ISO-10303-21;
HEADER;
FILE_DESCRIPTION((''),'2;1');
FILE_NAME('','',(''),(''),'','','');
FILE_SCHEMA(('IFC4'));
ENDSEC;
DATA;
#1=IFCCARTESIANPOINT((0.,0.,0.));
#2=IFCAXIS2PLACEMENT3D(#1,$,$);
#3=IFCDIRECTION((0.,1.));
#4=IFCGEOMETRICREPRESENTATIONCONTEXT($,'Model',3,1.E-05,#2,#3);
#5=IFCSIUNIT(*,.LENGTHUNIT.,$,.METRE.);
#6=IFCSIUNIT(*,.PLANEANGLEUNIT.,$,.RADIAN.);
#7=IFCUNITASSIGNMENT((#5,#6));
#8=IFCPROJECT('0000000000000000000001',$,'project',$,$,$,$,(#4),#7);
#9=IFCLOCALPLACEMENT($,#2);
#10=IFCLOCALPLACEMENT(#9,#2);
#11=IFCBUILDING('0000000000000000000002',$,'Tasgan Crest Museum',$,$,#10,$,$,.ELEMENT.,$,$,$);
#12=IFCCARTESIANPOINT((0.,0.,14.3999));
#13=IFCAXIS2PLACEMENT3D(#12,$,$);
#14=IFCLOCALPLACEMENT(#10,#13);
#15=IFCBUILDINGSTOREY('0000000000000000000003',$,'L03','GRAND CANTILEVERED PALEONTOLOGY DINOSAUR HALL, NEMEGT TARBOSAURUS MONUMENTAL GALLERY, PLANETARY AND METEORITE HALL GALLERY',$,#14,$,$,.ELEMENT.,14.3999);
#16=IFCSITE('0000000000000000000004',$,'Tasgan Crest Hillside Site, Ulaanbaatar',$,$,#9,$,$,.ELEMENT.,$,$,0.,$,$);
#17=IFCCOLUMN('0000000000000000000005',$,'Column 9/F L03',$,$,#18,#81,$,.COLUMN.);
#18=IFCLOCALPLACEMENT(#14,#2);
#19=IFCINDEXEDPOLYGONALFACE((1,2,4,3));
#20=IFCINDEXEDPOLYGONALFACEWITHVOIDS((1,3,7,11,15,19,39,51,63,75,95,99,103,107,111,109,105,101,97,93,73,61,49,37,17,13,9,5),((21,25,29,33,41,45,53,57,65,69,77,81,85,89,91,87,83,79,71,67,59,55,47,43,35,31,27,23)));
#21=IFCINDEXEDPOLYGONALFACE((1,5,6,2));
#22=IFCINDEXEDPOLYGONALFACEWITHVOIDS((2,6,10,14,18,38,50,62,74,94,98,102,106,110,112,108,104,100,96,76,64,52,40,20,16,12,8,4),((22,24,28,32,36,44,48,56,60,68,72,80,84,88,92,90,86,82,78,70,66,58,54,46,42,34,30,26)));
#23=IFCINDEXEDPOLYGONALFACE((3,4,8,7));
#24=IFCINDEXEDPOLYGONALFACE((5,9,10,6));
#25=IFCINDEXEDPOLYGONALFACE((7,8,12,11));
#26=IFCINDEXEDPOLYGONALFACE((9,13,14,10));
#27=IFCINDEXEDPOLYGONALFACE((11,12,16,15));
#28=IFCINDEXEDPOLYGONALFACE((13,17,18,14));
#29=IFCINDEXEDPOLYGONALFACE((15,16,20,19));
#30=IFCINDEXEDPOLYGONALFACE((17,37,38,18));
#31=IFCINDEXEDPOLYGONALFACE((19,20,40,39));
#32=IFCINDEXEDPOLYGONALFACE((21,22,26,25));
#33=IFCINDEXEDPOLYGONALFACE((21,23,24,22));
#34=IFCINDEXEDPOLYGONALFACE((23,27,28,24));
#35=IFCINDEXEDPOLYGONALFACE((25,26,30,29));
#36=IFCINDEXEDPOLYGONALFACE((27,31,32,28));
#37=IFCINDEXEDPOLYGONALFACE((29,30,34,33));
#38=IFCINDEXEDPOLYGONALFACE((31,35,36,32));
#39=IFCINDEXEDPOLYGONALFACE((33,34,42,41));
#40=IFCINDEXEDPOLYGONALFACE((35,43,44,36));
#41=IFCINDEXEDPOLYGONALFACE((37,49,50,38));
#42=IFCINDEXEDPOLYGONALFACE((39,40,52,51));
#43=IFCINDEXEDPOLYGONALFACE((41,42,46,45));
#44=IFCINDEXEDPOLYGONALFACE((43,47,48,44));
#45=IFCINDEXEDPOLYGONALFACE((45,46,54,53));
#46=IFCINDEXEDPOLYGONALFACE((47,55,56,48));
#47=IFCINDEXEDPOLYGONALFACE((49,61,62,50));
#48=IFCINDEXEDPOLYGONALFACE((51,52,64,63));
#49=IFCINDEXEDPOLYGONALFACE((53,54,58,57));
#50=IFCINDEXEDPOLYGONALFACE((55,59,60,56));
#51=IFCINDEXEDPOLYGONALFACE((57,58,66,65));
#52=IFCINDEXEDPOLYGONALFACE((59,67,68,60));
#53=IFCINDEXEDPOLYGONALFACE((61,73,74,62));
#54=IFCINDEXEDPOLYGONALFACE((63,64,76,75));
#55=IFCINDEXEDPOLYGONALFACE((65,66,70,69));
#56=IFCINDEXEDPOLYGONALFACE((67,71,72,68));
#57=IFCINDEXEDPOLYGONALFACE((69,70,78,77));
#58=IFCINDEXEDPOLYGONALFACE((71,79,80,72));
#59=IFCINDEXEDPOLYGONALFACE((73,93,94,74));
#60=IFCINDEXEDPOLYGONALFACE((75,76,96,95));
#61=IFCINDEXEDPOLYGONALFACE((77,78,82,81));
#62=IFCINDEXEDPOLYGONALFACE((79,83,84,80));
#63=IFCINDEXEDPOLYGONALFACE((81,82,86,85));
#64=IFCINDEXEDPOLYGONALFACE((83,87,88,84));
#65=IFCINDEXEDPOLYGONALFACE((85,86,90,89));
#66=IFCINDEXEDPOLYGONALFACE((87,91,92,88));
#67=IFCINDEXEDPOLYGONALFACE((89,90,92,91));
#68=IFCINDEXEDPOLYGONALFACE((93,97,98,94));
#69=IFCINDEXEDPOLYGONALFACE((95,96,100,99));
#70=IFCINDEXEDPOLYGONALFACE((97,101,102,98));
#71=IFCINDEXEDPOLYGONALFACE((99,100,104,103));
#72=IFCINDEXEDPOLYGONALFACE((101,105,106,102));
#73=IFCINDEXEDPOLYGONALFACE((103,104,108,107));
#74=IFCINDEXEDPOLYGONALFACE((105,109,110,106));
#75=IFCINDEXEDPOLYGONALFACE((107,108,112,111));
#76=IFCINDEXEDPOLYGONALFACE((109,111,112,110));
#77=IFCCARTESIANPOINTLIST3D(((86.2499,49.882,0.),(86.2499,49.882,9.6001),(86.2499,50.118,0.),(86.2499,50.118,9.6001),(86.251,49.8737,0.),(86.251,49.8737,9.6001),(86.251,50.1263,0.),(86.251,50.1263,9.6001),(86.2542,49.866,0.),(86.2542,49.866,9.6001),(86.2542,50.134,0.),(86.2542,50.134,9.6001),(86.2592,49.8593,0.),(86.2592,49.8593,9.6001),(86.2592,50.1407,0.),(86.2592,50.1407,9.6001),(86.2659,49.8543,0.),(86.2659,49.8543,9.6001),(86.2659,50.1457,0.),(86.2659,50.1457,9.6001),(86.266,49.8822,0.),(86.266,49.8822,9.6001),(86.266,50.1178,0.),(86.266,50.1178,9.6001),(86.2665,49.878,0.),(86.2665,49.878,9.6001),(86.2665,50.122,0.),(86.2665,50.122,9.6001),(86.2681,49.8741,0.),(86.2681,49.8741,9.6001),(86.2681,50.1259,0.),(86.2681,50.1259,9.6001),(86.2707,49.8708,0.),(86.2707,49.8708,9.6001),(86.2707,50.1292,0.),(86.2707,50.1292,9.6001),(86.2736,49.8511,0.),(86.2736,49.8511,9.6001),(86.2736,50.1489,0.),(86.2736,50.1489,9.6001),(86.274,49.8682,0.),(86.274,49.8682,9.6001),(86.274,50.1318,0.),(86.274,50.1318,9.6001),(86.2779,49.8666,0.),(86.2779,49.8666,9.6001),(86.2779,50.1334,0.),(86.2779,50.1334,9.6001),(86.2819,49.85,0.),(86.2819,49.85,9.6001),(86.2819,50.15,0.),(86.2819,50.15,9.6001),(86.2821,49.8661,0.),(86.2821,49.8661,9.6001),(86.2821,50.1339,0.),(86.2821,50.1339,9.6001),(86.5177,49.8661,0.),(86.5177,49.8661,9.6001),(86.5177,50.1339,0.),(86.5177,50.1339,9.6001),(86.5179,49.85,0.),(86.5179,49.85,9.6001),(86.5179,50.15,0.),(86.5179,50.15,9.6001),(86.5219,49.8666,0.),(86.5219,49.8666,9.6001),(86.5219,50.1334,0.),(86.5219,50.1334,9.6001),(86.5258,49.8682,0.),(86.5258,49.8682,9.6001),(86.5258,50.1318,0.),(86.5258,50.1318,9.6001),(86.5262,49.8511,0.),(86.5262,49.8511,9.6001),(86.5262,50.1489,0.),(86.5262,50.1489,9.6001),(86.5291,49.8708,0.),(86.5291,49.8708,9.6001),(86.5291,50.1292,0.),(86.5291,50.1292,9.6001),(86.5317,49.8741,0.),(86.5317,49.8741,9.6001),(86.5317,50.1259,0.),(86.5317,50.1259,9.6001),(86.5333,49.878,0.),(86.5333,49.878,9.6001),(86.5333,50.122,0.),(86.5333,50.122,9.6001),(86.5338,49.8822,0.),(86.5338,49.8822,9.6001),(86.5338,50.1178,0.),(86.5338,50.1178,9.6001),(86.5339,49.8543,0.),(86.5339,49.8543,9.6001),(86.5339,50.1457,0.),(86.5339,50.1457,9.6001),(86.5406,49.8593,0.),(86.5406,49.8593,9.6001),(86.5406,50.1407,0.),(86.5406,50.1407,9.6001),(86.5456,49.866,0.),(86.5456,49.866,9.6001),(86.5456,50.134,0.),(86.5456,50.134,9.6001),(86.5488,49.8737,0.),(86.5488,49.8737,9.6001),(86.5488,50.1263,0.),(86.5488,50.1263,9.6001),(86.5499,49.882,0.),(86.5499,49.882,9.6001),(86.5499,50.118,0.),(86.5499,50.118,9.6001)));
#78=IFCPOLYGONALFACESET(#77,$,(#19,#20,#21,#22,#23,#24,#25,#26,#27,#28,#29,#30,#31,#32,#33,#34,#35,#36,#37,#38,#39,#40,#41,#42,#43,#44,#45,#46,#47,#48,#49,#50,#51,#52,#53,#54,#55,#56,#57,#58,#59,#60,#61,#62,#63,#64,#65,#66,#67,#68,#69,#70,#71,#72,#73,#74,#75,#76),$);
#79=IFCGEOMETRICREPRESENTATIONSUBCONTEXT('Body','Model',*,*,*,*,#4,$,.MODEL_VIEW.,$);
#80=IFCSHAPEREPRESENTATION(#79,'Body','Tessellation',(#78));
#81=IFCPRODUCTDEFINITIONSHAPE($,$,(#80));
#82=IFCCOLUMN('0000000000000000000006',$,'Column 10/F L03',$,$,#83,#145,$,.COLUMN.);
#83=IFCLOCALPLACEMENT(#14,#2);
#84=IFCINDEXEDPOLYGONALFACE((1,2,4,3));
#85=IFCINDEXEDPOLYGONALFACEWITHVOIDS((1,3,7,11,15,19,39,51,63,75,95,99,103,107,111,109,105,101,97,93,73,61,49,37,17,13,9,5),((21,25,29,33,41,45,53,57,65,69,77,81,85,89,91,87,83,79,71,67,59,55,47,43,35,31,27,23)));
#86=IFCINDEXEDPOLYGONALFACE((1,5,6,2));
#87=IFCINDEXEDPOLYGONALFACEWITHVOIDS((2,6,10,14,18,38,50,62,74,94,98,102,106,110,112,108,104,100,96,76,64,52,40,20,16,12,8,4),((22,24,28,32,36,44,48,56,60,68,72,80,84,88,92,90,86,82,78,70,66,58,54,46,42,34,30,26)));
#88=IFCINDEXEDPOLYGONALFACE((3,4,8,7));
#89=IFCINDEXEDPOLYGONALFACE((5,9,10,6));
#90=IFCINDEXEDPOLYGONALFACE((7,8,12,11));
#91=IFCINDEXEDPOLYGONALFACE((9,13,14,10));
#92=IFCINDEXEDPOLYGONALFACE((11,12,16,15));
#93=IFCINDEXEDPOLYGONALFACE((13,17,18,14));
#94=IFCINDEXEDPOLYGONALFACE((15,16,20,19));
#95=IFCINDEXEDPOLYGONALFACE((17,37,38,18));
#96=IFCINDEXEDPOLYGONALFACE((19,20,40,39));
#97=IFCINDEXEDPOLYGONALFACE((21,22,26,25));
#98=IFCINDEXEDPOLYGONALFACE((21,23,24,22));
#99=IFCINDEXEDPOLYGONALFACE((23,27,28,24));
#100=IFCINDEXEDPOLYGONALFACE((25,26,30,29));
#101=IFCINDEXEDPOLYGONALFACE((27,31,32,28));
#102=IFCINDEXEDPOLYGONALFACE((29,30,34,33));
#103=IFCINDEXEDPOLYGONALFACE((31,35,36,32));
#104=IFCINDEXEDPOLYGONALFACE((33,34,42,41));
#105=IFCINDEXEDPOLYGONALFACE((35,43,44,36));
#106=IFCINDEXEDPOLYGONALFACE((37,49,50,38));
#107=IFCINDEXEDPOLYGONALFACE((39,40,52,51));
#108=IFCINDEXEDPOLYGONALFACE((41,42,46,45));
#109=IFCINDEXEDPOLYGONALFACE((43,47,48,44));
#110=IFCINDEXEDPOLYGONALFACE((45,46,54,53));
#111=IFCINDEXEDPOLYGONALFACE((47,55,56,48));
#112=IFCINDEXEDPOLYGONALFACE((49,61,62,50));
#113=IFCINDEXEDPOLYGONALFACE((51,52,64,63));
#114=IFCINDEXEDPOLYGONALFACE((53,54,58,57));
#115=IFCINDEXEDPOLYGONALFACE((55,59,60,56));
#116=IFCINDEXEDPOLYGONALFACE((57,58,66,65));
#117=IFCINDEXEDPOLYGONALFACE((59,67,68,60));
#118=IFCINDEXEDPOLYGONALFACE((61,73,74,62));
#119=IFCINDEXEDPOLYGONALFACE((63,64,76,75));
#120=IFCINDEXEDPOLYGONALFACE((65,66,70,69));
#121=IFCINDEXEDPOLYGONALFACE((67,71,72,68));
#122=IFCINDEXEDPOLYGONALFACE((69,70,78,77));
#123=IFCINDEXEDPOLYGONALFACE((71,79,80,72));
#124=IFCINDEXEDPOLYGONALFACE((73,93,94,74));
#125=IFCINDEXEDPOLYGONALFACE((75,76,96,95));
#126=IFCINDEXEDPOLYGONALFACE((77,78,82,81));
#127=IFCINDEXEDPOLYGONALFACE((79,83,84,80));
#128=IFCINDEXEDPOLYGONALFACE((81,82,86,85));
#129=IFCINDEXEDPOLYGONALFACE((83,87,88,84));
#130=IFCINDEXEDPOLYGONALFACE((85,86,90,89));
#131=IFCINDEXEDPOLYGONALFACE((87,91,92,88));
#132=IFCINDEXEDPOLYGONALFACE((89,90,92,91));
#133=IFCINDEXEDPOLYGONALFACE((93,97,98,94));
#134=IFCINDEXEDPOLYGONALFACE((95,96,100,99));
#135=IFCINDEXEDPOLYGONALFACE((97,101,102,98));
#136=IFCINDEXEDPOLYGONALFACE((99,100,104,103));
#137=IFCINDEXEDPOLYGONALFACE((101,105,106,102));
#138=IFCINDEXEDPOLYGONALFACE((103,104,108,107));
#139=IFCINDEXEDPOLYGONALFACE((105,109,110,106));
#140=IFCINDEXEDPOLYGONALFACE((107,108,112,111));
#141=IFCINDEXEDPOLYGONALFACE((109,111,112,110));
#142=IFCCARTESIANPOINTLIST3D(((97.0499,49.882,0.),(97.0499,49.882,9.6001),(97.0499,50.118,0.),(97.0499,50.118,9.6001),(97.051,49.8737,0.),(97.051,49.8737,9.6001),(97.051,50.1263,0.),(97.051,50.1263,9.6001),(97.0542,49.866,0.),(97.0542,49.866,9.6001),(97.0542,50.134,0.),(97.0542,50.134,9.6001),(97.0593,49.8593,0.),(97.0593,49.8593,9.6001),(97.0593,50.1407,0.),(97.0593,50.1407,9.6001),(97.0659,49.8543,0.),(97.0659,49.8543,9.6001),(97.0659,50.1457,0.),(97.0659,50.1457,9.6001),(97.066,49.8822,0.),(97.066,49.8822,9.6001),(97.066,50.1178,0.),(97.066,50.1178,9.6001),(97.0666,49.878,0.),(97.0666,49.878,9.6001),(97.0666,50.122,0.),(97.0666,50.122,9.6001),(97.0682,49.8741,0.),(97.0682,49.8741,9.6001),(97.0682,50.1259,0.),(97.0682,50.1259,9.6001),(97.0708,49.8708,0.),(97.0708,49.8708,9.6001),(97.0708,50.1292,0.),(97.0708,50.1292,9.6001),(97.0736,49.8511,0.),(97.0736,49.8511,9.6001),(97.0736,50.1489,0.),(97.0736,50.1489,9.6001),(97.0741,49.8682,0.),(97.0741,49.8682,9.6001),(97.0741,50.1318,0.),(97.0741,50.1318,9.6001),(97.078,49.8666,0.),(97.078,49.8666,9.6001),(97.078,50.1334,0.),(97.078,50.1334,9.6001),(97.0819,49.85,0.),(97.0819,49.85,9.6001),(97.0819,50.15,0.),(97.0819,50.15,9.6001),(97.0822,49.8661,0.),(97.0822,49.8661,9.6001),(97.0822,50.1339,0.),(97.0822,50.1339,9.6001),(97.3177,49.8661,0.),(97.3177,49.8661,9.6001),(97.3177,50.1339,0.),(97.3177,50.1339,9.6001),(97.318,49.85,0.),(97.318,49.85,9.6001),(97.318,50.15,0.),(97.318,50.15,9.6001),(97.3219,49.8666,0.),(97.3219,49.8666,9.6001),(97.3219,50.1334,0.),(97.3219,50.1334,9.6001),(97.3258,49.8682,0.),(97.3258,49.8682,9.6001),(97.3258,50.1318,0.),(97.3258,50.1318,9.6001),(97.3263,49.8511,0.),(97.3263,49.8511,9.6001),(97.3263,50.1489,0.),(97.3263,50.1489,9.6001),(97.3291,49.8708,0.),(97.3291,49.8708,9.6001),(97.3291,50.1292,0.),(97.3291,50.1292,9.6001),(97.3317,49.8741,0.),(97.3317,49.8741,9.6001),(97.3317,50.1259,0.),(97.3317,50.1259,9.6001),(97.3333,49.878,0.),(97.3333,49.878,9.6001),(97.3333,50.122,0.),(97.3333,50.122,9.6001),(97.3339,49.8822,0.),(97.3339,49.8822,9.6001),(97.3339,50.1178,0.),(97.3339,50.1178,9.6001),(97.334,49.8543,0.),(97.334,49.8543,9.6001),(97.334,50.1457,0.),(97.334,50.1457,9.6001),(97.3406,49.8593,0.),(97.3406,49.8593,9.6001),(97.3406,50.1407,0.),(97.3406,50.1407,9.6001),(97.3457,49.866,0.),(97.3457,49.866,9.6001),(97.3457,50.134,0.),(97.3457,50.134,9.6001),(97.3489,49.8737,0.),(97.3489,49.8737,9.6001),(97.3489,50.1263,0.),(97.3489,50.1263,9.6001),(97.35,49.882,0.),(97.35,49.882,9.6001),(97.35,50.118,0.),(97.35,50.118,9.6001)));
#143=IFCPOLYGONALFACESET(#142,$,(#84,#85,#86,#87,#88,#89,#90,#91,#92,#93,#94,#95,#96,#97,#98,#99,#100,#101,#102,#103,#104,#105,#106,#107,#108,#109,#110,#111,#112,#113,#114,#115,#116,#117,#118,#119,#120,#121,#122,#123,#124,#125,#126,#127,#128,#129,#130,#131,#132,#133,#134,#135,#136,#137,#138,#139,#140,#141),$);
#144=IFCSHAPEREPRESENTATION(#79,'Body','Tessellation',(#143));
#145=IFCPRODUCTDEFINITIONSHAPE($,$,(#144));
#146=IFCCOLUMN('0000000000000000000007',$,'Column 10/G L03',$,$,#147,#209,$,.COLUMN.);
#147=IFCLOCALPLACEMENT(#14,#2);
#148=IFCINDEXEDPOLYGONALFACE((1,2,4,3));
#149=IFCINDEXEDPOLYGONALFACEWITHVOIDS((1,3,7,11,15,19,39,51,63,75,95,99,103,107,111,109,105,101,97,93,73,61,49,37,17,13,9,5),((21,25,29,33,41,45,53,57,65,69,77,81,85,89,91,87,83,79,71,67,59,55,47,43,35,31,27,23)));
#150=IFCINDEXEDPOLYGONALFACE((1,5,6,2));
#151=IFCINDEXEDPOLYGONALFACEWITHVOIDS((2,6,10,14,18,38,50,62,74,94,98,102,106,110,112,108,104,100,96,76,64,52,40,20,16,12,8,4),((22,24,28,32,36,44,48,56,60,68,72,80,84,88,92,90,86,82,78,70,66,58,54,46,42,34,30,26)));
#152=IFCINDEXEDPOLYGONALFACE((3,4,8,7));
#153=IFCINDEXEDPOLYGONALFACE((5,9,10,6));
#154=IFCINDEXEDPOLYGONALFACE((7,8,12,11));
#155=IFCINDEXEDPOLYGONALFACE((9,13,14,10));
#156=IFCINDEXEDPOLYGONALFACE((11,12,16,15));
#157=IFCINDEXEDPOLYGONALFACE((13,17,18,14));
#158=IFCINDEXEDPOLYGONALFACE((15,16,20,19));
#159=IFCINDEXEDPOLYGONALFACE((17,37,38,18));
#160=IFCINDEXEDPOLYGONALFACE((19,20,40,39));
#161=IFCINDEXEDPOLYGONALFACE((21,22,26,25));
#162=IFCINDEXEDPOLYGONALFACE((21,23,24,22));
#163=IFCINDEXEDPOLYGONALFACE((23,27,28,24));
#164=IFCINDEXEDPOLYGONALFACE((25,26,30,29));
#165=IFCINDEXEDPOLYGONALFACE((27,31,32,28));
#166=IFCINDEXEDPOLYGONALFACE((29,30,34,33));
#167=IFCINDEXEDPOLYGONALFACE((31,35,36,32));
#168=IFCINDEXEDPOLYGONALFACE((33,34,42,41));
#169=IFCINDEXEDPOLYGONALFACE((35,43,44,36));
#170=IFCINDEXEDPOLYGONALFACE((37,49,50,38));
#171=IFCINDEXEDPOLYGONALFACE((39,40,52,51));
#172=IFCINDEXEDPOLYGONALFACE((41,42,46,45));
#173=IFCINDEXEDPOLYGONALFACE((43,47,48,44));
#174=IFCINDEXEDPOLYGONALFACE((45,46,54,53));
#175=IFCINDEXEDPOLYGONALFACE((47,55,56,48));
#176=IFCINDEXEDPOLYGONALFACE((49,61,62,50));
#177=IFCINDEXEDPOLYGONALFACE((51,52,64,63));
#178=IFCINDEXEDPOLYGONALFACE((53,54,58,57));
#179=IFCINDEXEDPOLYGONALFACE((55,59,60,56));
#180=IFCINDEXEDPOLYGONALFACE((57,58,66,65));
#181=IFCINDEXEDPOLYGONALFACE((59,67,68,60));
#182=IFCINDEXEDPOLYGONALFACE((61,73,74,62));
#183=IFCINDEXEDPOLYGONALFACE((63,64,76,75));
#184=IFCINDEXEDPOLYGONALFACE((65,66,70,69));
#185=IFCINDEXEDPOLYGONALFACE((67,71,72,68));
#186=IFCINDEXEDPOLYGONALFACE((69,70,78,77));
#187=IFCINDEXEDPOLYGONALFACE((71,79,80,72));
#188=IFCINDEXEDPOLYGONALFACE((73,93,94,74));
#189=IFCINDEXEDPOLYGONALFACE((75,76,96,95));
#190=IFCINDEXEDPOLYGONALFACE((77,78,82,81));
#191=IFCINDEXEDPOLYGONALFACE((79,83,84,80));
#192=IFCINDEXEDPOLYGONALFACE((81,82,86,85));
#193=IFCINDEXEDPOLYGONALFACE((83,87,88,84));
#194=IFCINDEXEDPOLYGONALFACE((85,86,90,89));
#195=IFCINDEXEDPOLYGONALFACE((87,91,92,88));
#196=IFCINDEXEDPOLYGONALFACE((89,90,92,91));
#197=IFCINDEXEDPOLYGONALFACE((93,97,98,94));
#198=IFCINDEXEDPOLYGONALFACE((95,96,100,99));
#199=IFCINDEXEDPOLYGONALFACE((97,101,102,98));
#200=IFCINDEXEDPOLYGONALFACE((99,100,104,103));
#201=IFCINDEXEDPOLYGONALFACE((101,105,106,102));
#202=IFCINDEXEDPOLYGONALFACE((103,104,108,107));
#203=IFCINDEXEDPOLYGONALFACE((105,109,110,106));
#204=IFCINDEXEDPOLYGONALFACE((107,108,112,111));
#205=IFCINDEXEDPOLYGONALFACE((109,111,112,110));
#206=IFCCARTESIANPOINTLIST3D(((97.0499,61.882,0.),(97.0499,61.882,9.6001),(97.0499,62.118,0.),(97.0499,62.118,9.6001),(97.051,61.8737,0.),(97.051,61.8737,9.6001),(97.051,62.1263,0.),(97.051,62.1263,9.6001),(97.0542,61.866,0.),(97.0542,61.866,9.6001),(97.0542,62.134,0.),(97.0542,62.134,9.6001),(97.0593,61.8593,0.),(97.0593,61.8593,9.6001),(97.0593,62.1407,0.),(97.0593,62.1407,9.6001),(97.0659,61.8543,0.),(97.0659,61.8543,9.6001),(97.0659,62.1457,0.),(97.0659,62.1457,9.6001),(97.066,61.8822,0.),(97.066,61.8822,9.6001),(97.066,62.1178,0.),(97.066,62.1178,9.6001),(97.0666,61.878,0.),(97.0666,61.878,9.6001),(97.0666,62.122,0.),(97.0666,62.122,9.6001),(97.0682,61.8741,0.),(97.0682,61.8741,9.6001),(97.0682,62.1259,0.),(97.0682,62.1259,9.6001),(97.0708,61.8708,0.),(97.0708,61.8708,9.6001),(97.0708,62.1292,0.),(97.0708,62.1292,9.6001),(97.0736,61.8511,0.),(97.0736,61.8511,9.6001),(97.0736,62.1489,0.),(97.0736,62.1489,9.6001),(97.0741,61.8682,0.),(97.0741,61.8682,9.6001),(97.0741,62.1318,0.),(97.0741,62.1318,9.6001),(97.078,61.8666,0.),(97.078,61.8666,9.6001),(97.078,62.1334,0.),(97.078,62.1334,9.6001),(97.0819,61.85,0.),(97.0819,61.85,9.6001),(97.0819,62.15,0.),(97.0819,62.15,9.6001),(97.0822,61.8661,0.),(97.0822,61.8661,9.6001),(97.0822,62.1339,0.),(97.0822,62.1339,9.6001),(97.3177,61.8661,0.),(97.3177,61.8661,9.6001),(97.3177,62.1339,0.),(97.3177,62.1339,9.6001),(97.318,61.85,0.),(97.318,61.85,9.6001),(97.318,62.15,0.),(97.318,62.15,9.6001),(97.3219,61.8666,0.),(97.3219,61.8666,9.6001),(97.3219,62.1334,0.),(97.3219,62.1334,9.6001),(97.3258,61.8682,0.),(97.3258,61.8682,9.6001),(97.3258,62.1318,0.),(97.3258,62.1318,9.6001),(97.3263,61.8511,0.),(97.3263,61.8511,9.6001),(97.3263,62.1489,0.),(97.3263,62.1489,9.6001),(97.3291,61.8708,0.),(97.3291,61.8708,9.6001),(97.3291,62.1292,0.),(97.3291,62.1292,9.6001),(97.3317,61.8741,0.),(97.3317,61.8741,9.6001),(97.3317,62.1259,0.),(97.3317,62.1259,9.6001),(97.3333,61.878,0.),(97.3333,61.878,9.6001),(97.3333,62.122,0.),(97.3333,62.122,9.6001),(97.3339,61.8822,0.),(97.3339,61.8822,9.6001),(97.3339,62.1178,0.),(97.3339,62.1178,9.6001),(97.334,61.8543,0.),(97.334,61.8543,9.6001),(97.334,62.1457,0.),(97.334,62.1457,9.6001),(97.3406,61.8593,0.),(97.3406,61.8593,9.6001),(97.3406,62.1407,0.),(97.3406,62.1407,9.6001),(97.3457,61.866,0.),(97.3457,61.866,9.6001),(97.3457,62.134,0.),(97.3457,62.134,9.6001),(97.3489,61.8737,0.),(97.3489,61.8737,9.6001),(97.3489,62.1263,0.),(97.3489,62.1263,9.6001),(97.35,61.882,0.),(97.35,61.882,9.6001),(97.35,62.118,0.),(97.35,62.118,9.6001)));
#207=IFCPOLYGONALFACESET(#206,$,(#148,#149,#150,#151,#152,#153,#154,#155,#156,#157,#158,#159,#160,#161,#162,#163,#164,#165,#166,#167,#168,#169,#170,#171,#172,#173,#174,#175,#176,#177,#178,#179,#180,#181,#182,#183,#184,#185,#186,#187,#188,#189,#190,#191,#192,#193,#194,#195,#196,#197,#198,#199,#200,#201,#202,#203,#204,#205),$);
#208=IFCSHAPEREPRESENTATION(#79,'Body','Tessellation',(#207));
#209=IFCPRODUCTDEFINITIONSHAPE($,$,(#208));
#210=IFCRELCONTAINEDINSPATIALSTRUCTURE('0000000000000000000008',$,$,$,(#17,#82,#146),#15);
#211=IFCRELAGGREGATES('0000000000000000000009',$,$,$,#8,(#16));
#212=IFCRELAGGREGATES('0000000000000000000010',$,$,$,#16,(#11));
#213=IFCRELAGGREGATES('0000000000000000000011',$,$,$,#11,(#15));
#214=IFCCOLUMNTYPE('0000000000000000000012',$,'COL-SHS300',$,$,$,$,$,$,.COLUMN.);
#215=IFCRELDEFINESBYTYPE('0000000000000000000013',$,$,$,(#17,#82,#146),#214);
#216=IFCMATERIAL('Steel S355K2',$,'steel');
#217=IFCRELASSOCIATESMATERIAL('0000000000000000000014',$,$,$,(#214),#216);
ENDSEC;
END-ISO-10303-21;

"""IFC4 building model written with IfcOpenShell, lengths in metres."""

from ifc_helpers import new_model, si_unit, direction, frame, origin, origin_2d, place, context, subcontext, project, spatial, hollow_rectangle, extrude, material, material_profile, profile_set, type_object, element, save


model = new_model("IFC4")

# Units and contexts
model_context = context("Model", 3, precision=1e-05, world=origin(), true_north=direction((0.0, 1.0)))
body_context = subcontext(model_context, "Body", "Model", "MODEL_VIEW")
ifc_project = project(units=[si_unit("LENGTHUNIT", "METRE"), si_unit("PLANEANGLEUNIT", "RADIAN")], contexts=[model_context])

# Site, building, storey
site_placement = place(None, origin())
site = spatial("IfcSite", under=ifc_project, at=site_placement, Name="Tasgan Crest Hillside Site, Ulaanbaatar", CompositionType="ELEMENT", RefElevation=0.0)
building_placement = place(site_placement, origin())
building = spatial("IfcBuilding", under=site, at=building_placement, Name="Tasgan Crest Museum", CompositionType="ELEMENT")
storey_placement = place(building_placement, frame((0.0, 0.0, 14.3999)))
storey = spatial("IfcBuildingStorey", under=building, at=storey_placement, Name="L03", Description="GRAND CANTILEVERED PALEONTOLOGY DINOSAUR HALL, NEMEGT TARBOSAURUS MONUMENTAL GALLERY, PLANETARY AND METEORITE HALL GALLERY", CompositionType="ELEMENT", Elevation=14.3999)

# Columns
ifc_material_1 = material(Name="Steel S355K2", Category="steel")
ifc_material_profile_1 = material_profile(ifc_material_1, hollow_rectangle(XDim=0.3, YDim=0.3, WallThickness=0.0161, InnerFilletRadius=0.0161, OuterFilletRadius=0.032, at=origin_2d()), Name="SHS 300x300x16")
ifc_profile_set_1 = profile_set([ifc_material_profile_1], Name="Steel S355K2")
column_type = type_object("IfcColumnType", Name="COL-SHS300", PredefinedType="COLUMN", material=ifc_profile_set_1)
for number, where, z_axis, x_axis, name in (
    (1, (86.3999, 50.0, 0.0), (0.0, 0.0, 1.0), (1.0, 0.0, 0.0), "Column 9/F L03"),
    (2, (97.2, 50.0, 0.0), (0.0, 0.0, 1.0), (1.0, 0.0, 0.0), "Column 10/F L03"),
    (3, (97.2, 62.0, 0.0), (0.0, 0.0, 1.0), (1.0, 0.0, 0.0), "Column 10/G L03"),
):
    element("IfcColumn", number, at=place(storey_placement, frame(where, z_axis=z_axis, x_axis=x_axis)), inside=storey, type_object=column_type, Name=name, PredefinedType="COLUMN", context=body_context, shape_type="SweptSolid", body=[
        extrude(hollow_rectangle(XDim=0.3, YDim=0.3, WallThickness=0.0161, InnerFilletRadius=0.0161, OuterFilletRadius=0.032, at=origin_2d()), origin(), (0.0, 0.0, 1.0), 9.6001),
    ])

save(model, "model.ifc")
